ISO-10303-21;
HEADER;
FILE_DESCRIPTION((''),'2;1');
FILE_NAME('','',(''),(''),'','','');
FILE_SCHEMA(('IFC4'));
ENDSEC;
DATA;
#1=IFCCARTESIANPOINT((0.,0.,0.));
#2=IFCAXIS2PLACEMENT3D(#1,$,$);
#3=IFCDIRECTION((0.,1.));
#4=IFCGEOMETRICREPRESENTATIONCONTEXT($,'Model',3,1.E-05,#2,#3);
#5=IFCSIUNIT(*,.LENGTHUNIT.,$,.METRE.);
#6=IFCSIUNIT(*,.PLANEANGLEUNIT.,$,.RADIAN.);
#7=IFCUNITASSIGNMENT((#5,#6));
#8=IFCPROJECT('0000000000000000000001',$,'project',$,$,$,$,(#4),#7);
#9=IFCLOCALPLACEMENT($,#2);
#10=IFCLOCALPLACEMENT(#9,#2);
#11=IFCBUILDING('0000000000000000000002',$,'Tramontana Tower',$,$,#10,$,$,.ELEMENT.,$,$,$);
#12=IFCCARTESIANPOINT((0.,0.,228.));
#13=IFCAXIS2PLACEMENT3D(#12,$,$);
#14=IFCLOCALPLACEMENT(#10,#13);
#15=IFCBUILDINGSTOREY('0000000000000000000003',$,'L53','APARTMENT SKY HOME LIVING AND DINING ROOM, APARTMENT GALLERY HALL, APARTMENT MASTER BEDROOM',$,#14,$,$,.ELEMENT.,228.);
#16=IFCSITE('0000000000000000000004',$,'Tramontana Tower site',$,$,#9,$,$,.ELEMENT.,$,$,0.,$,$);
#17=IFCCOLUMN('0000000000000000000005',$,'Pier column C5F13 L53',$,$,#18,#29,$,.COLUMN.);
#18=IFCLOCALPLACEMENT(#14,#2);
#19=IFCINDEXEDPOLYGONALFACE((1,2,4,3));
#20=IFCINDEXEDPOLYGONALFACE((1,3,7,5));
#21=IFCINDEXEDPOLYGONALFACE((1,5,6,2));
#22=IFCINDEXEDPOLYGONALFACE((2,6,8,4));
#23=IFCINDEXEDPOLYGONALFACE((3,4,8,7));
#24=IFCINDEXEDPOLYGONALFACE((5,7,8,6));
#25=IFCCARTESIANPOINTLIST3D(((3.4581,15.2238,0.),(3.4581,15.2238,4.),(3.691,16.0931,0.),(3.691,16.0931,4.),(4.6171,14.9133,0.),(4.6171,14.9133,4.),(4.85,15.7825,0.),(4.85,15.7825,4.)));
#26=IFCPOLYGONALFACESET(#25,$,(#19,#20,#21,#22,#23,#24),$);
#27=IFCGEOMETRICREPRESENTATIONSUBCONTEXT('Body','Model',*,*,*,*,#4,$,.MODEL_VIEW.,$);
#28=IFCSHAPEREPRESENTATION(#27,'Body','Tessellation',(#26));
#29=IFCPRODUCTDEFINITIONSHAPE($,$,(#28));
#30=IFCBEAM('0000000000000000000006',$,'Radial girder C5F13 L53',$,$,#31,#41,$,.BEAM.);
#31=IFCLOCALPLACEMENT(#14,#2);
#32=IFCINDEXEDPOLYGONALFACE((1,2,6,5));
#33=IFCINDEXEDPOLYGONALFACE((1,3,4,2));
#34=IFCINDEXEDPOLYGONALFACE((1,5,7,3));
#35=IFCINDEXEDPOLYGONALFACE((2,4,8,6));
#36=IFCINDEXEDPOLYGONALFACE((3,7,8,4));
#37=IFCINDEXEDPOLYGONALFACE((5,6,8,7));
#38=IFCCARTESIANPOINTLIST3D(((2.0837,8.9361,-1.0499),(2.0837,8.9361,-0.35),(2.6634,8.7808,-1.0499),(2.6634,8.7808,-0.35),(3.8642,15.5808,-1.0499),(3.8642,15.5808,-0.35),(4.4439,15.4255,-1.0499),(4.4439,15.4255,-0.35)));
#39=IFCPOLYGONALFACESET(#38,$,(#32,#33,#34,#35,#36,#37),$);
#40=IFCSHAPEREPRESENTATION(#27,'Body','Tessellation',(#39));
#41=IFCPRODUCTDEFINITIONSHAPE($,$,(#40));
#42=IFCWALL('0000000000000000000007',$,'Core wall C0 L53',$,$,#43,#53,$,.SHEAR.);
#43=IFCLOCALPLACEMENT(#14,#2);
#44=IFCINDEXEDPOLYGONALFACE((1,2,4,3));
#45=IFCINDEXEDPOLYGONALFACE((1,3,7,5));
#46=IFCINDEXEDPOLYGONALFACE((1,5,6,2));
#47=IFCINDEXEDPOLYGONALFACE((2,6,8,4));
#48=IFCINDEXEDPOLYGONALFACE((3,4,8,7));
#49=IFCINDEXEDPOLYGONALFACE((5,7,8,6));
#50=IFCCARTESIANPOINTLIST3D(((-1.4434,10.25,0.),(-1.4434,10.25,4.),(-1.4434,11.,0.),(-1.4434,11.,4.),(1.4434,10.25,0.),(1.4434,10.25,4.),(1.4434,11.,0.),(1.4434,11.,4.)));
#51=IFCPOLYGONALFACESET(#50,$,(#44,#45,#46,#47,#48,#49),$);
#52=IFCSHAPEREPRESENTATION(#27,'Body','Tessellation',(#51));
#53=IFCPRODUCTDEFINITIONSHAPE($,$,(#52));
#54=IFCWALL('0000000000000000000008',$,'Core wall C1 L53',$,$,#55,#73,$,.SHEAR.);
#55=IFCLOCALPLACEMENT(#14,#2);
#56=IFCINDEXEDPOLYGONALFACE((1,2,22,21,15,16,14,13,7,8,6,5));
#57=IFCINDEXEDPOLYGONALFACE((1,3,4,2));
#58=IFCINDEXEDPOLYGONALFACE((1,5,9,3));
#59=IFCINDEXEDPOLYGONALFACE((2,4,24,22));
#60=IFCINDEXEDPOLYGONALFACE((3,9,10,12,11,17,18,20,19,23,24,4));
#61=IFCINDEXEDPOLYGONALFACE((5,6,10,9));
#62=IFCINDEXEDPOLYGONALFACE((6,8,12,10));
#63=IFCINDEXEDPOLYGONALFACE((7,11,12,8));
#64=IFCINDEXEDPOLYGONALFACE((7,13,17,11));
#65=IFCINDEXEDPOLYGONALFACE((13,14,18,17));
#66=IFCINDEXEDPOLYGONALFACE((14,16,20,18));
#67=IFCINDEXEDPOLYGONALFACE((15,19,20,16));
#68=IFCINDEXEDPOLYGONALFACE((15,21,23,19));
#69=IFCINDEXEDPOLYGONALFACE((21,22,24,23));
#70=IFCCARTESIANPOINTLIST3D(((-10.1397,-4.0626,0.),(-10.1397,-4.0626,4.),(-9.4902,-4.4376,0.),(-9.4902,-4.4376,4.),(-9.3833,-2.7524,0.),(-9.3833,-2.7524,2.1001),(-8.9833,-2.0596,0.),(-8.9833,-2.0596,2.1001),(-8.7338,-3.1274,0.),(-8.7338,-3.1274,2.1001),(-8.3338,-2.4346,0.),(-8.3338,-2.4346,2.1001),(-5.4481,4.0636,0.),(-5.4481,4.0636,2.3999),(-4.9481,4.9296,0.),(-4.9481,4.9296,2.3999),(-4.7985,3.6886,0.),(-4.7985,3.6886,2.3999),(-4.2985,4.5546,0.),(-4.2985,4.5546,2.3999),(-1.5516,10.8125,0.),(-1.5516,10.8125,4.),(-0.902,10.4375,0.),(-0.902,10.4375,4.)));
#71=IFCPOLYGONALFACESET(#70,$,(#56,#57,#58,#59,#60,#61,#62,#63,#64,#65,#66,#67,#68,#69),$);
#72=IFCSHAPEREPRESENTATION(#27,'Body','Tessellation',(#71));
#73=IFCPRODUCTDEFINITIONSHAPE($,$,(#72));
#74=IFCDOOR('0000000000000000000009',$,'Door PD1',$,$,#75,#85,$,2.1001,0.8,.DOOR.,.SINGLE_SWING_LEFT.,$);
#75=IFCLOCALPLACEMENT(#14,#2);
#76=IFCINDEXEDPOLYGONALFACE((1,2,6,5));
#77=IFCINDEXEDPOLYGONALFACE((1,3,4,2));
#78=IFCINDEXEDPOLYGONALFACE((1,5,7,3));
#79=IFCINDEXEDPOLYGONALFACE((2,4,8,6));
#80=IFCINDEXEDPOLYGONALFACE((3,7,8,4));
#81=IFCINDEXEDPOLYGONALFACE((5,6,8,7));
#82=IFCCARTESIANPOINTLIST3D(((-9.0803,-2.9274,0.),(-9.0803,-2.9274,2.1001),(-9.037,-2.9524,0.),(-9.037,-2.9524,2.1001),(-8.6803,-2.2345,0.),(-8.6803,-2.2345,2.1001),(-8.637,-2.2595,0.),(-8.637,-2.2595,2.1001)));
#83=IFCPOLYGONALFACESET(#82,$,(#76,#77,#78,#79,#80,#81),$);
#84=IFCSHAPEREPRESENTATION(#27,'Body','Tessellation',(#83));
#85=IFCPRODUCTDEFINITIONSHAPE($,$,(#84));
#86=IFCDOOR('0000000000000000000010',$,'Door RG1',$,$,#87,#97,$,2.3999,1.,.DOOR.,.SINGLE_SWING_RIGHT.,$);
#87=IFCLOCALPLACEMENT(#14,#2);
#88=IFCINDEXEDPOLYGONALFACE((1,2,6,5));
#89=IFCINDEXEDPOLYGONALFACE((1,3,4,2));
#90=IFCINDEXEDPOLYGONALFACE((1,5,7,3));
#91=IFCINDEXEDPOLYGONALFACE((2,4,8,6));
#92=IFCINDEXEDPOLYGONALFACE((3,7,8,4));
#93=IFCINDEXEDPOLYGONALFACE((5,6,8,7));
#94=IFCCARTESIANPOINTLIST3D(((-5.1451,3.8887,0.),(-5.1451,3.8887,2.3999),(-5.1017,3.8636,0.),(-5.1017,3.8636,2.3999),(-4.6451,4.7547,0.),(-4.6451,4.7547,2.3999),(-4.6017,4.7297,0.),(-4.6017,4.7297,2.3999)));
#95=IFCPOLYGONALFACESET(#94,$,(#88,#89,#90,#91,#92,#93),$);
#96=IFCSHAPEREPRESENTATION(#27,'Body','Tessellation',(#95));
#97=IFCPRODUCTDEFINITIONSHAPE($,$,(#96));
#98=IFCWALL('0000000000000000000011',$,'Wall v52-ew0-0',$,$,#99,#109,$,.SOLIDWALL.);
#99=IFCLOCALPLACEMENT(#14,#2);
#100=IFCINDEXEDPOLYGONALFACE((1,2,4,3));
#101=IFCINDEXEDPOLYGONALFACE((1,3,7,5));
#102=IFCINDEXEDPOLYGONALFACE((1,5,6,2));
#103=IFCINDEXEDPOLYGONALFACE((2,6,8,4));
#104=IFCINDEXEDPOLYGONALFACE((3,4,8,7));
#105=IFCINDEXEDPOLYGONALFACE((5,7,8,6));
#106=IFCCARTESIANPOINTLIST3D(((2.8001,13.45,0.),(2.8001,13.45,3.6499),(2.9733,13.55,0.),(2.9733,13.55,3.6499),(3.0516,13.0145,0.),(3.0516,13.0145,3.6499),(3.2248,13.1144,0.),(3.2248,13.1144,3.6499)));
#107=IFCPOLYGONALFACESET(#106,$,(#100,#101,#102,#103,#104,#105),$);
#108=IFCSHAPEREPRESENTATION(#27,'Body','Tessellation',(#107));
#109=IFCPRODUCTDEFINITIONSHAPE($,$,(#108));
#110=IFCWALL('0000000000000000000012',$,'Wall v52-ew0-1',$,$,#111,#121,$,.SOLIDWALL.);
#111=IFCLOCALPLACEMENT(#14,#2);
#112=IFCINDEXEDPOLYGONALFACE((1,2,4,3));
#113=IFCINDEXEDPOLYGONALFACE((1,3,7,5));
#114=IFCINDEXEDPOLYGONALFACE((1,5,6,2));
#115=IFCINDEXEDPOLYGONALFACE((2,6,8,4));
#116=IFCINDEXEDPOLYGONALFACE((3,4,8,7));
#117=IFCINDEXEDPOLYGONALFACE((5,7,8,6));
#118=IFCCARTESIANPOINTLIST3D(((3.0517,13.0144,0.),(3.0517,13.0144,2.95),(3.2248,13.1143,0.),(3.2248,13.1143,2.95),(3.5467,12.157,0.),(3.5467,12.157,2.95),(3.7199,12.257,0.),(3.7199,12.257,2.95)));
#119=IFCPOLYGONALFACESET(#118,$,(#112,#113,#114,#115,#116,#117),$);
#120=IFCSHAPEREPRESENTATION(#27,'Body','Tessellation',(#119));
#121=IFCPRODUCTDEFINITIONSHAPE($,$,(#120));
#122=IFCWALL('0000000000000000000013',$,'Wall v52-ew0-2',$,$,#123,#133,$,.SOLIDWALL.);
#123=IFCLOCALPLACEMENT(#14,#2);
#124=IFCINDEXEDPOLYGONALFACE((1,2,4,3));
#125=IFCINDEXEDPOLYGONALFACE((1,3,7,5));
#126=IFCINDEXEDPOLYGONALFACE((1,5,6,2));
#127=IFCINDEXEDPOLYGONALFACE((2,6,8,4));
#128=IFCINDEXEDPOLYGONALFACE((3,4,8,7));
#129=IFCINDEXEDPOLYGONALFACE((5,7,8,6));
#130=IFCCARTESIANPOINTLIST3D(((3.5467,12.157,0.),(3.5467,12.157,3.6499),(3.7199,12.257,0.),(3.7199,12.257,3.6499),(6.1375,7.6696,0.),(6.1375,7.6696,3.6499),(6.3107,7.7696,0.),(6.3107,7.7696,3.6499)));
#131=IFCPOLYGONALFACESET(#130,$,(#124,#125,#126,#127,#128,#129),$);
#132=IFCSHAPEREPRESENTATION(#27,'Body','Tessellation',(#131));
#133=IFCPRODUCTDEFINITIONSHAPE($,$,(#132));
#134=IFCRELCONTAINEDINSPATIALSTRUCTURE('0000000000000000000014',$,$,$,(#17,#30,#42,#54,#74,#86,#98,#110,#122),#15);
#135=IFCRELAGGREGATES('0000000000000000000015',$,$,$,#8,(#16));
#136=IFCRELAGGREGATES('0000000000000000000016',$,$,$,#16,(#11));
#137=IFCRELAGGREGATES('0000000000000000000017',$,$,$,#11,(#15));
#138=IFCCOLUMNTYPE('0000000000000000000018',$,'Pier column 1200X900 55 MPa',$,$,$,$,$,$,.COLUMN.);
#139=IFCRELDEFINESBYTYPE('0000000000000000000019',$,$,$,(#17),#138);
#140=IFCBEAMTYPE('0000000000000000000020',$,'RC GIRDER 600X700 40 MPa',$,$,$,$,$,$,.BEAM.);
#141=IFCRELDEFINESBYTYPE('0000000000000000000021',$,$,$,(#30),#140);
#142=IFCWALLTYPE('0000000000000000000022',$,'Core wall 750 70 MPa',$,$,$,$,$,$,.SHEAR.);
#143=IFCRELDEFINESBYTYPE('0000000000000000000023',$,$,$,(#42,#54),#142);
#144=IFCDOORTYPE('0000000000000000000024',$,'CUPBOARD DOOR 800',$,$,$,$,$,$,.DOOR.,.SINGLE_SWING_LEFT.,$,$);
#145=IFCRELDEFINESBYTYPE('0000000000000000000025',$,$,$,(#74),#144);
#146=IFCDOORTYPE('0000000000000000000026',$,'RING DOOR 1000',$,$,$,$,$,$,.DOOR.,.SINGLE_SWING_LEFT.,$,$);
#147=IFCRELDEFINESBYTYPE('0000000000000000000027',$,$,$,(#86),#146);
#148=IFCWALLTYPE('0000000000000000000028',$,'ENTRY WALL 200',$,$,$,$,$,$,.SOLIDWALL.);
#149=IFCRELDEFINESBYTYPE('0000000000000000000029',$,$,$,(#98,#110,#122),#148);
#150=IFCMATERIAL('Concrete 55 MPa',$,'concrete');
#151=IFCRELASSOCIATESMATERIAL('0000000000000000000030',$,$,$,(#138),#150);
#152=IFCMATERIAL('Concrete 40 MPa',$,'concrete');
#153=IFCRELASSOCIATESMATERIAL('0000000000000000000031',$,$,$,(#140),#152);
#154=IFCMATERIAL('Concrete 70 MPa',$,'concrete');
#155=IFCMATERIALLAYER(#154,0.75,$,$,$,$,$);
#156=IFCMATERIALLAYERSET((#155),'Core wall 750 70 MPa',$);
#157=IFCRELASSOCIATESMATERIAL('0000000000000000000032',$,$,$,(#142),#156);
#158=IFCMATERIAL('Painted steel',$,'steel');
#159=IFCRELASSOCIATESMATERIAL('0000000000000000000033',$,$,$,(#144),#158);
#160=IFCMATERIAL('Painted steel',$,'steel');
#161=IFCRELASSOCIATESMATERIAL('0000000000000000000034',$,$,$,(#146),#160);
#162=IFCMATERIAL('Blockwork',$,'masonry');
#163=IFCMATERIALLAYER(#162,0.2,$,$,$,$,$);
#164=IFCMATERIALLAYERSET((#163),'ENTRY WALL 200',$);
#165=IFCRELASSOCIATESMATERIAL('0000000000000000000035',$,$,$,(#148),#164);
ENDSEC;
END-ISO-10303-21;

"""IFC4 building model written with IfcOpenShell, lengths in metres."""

from ifc_helpers import new_model, si_unit, direction, frame, frame_2d, origin, origin_2d, place, context, subcontext, project, spatial, rectangle, extrude, material, layer, layer_set, material_profile, profile_set, type_object, element, fill, save


model = new_model("IFC4")

# Units and contexts
model_context = context("Model", 3, precision=1e-05, world=origin(), true_north=direction((0.0, 1.0)))
body_context = subcontext(model_context, "Body", "Model", "MODEL_VIEW")
ifc_project = project(units=[si_unit("LENGTHUNIT", "METRE"), si_unit("PLANEANGLEUNIT", "RADIAN")], contexts=[model_context])

# Site, building, storey
site_placement = place(None, origin())
site = spatial("IfcSite", under=ifc_project, at=site_placement, Name="Tramontana Tower site", CompositionType="ELEMENT", RefElevation=0.0)
building_placement = place(site_placement, origin())
building = spatial("IfcBuilding", under=site, at=building_placement, Name="Tramontana Tower", CompositionType="ELEMENT")
storey_placement = place(building_placement, frame((0.0, 0.0, 228.0)))
storey = spatial("IfcBuildingStorey", under=building, at=storey_placement, Name="L53", Description="APARTMENT SKY HOME LIVING AND DINING ROOM, APARTMENT GALLERY HALL, APARTMENT MASTER BEDROOM", CompositionType="ELEMENT", Elevation=228.0)

# Column
ifc_material_1 = material(Name="Concrete 55 MPa", Category="concrete")
ifc_material_profile_1 = material_profile(ifc_material_1, rectangle(XDim=1.2, YDim=0.8999, at=origin_2d()), Name="Pier column 1200X900 55 MPa")
ifc_profile_set_1 = profile_set([ifc_material_profile_1], Name="Concrete 55 MPa")
column_type = type_object("IfcColumnType", Name="Pier column 1200X900 55 MPa", PredefinedType="COLUMN", material=ifc_profile_set_1)
column_placement = place(storey_placement, frame((4.1541, 15.5032, 0.0), z_axis=(0.0, 0.0, 1.0), x_axis=(-0.965926, 0.258819, 0.0)))
element("IfcColumn", 1, at=column_placement, inside=storey, type_object=column_type, Name="Pier column C5F13 L53", PredefinedType="COLUMN", context=body_context, shape_type="SweptSolid", body=[
    extrude(rectangle(XDim=1.2, YDim=0.8999, at=origin_2d()), origin(), (0.0, 0.0, 1.0), 4.0),
])

# Beam
ifc_material_2 = material(Name="Concrete 40 MPa", Category="concrete")
ifc_material_profile_2 = material_profile(ifc_material_2, rectangle(XDim=0.6001, YDim=0.7, at=origin_2d()), Name="RC GIRDER 600X700 40 MPa")
ifc_profile_set_2 = profile_set([ifc_material_profile_2], Name="Concrete 40 MPa")
beam_type = type_object("IfcBeamType", Name="RC GIRDER 600X700 40 MPa", PredefinedType="BEAM", material=ifc_profile_set_2)
beam_placement = place(storey_placement, frame((4.1541, 15.5032, -0.7), z_axis=(-0.258827, -0.965924, 0.0), x_axis=(0.965924, -0.258827, 0.0)))
element("IfcBeam", 2, at=beam_placement, inside=storey, type_object=beam_type, Name="Radial girder C5F13 L53", PredefinedType="BEAM", context=body_context, shape_type="SweptSolid", body=[
    extrude(rectangle(XDim=0.6001, YDim=0.7, at=origin_2d()), origin(), (0.0, 0.0, 1.0), 6.8792),
])

# Wall
ifc_material_3 = material(Name="Concrete 70 MPa", Category="concrete")
ifc_layer_1 = layer(ifc_material_3, 0.75)
ifc_layer_set_1 = layer_set([ifc_layer_1], Name="Core wall 750 70 MPa")
wall_type_1 = type_object("IfcWallType", Name="Core wall 750 70 MPa", PredefinedType="SHEAR", material=ifc_layer_set_1)
wall_1_placement = place(storey_placement, frame((1.4434, 10.625, 0.0), z_axis=(0.0, 0.0, 1.0), x_axis=(-1.0, 0.0, 0.0)))
element("IfcWall", 3, at=wall_1_placement, inside=storey, type_object=wall_type_1, Name="Core wall C0 L53", PredefinedType="SHEAR", context=body_context, shape_type="SweptSolid", body=[
    extrude(rectangle(XDim=2.8867, YDim=0.75, at=frame_2d((1.4434, 0.0))), origin(), (0.0, 0.0, 1.0), 4.0),
])

# Wall, openings, doors
wall_2_placement = place(storey_placement, frame((-1.2268, 10.625, 0.0), z_axis=(0.0, 0.0, 1.0), x_axis=(-0.500002, -0.866024, 0.0)))
wall_2 = element("IfcWall", 4, at=wall_2_placement, inside=storey, type_object=wall_type_1, Name="Core wall C1 L53", PredefinedType="SHEAR", context=body_context, shape_type="SweptSolid", body=[
    extrude(rectangle(XDim=17.1763, YDim=0.75, at=frame_2d((8.5881, 0.0))), origin(), (0.0, 0.0, 1.0), 4.0),
])
opening_1_placement = place(wall_2_placement, frame((6.793, 0.0, 0.0)))
opening_1 = element("IfcOpeningElement", 5, at=opening_1_placement, cuts=wall_2, PredefinedType="OPENING", context=body_context, shape_type="SweptSolid", body=[
    extrude(rectangle(XDim=1.0, YDim=2.3999, at=frame_2d((0.5, 1.2))), frame((0.0, 0.385, 0.0), z_axis=(0.0, -1.0, 0.0), x_axis=(1.0, 0.0, 0.0)), (0.0, 0.0, 1.0), 0.77),
])
opening_2_placement = place(wall_2_placement, frame((14.8635, 0.0, 0.0)))
opening_2 = element("IfcOpeningElement", 6, at=opening_2_placement, cuts=wall_2, PredefinedType="OPENING", context=body_context, shape_type="SweptSolid", body=[
    extrude(rectangle(XDim=0.8, YDim=2.1001, at=frame_2d((0.3999, 1.05))), frame((0.0, 0.385, 0.0), z_axis=(0.0, -1.0, 0.0), x_axis=(1.0, 0.0, 0.0)), (0.0, 0.0, 1.0), 0.77),
])
ifc_material_4 = material(Name="Painted steel", Category="steel")
door_type_1 = type_object("IfcDoorType", Name="CUPBOARD DOOR 800", OperationType="SINGLE_SWING_LEFT", PredefinedType="DOOR", material=ifc_material_4)
door_1_placement = place(opening_2_placement, origin())
door_1 = element("IfcDoor", 7, at=door_1_placement, inside=storey, type_object=door_type_1, Name="Door PD1", OperationType="SINGLE_SWING_LEFT", OverallHeight=2.1001, OverallWidth=0.8, PredefinedType="DOOR", context=body_context, shape_type="SweptSolid", body=[
    extrude(rectangle(XDim=0.8, YDim=2.1001, at=frame_2d((0.3999, 1.05))), frame((0.0, 0.0249, 0.0), z_axis=(0.0, -1.0, 0.0), x_axis=(1.0, 0.0, 0.0)), (0.0, 0.0, 1.0), 0.05),
])
fill(opening_2, door_1)
ifc_material_5 = material(Name="Painted steel", Category="steel")
door_type_2 = type_object("IfcDoorType", Name="RING DOOR 1000", OperationType="SINGLE_SWING_LEFT", PredefinedType="DOOR", material=ifc_material_5)
door_2_placement = place(opening_1_placement, origin())
door_2 = element("IfcDoor", 8, at=door_2_placement, inside=storey, type_object=door_type_2, Name="Door RG1", OperationType="SINGLE_SWING_RIGHT", OverallHeight=2.3999, OverallWidth=1.0, PredefinedType="DOOR", context=body_context, shape_type="SweptSolid", body=[
    extrude(rectangle(XDim=1.0, YDim=2.3999, at=frame_2d((0.5, 1.2))), frame((0.0, 0.0249, 0.0), z_axis=(0.0, -1.0, 0.0), x_axis=(1.0, 0.0, 0.0)), (0.0, 0.0, 1.0), 0.05),
])
fill(opening_1, door_2)

# Walls
ifc_material_6 = material(Name="Blockwork", Category="masonry")
ifc_layer_2 = layer(ifc_material_6, 0.2)
ifc_layer_set_2 = layer_set([ifc_layer_2], Name="ENTRY WALL 200")
wall_type_2 = type_object("IfcWallType", Name="ENTRY WALL 200", PredefinedType="SOLIDWALL", material=ifc_layer_set_2)
wall_3_placement = place(storey_placement, frame((2.8867, 13.5, 0.0), z_axis=(0.0, 0.0, 1.0), x_axis=(0.500003, -0.866024, 0.0)))
element("IfcWall", 9, at=wall_3_placement, inside=storey, type_object=wall_type_2, Name="Wall v52-ew0-0", PredefinedType="SOLIDWALL", context=body_context, shape_type="SweptSolid", body=[
    extrude(rectangle(XDim=0.5029, YDim=0.2, at=frame_2d((0.2515, 0.0))), origin(), (0.0, 0.0, 1.0), 3.6499),
])
wall_4_placement = place(storey_placement, frame((3.1382, 13.0645, 0.0), z_axis=(0.0, 0.0, 1.0), x_axis=(0.500064, -0.865988, 0.0)))
element("IfcWall", 10, at=wall_4_placement, inside=storey, type_object=wall_type_2, Name="Wall v52-ew0-1", PredefinedType="SOLIDWALL", context=body_context, shape_type="SweptSolid", body=[
    extrude(rectangle(XDim=0.99, YDim=0.2, at=frame_2d((0.4951, 0.0))), origin(), (0.0, 0.0, 1.0), 2.95),
])
wall_5_placement = place(storey_placement, frame((3.6333, 12.207, 0.0), z_axis=(0.0, 0.0, 1.0), x_axis=(0.49999, -0.866031, 0.0)))
element("IfcWall", 11, at=wall_5_placement, inside=storey, type_object=wall_type_2, Name="Wall v52-ew0-2", PredefinedType="SOLIDWALL", context=body_context, shape_type="SweptSolid", body=[
    extrude(rectangle(XDim=5.1816, YDim=0.2, at=frame_2d((2.5908, 0.0))), origin(), (0.0, 0.0, 1.0), 3.6499),
])

save(model, "model.ifc")
